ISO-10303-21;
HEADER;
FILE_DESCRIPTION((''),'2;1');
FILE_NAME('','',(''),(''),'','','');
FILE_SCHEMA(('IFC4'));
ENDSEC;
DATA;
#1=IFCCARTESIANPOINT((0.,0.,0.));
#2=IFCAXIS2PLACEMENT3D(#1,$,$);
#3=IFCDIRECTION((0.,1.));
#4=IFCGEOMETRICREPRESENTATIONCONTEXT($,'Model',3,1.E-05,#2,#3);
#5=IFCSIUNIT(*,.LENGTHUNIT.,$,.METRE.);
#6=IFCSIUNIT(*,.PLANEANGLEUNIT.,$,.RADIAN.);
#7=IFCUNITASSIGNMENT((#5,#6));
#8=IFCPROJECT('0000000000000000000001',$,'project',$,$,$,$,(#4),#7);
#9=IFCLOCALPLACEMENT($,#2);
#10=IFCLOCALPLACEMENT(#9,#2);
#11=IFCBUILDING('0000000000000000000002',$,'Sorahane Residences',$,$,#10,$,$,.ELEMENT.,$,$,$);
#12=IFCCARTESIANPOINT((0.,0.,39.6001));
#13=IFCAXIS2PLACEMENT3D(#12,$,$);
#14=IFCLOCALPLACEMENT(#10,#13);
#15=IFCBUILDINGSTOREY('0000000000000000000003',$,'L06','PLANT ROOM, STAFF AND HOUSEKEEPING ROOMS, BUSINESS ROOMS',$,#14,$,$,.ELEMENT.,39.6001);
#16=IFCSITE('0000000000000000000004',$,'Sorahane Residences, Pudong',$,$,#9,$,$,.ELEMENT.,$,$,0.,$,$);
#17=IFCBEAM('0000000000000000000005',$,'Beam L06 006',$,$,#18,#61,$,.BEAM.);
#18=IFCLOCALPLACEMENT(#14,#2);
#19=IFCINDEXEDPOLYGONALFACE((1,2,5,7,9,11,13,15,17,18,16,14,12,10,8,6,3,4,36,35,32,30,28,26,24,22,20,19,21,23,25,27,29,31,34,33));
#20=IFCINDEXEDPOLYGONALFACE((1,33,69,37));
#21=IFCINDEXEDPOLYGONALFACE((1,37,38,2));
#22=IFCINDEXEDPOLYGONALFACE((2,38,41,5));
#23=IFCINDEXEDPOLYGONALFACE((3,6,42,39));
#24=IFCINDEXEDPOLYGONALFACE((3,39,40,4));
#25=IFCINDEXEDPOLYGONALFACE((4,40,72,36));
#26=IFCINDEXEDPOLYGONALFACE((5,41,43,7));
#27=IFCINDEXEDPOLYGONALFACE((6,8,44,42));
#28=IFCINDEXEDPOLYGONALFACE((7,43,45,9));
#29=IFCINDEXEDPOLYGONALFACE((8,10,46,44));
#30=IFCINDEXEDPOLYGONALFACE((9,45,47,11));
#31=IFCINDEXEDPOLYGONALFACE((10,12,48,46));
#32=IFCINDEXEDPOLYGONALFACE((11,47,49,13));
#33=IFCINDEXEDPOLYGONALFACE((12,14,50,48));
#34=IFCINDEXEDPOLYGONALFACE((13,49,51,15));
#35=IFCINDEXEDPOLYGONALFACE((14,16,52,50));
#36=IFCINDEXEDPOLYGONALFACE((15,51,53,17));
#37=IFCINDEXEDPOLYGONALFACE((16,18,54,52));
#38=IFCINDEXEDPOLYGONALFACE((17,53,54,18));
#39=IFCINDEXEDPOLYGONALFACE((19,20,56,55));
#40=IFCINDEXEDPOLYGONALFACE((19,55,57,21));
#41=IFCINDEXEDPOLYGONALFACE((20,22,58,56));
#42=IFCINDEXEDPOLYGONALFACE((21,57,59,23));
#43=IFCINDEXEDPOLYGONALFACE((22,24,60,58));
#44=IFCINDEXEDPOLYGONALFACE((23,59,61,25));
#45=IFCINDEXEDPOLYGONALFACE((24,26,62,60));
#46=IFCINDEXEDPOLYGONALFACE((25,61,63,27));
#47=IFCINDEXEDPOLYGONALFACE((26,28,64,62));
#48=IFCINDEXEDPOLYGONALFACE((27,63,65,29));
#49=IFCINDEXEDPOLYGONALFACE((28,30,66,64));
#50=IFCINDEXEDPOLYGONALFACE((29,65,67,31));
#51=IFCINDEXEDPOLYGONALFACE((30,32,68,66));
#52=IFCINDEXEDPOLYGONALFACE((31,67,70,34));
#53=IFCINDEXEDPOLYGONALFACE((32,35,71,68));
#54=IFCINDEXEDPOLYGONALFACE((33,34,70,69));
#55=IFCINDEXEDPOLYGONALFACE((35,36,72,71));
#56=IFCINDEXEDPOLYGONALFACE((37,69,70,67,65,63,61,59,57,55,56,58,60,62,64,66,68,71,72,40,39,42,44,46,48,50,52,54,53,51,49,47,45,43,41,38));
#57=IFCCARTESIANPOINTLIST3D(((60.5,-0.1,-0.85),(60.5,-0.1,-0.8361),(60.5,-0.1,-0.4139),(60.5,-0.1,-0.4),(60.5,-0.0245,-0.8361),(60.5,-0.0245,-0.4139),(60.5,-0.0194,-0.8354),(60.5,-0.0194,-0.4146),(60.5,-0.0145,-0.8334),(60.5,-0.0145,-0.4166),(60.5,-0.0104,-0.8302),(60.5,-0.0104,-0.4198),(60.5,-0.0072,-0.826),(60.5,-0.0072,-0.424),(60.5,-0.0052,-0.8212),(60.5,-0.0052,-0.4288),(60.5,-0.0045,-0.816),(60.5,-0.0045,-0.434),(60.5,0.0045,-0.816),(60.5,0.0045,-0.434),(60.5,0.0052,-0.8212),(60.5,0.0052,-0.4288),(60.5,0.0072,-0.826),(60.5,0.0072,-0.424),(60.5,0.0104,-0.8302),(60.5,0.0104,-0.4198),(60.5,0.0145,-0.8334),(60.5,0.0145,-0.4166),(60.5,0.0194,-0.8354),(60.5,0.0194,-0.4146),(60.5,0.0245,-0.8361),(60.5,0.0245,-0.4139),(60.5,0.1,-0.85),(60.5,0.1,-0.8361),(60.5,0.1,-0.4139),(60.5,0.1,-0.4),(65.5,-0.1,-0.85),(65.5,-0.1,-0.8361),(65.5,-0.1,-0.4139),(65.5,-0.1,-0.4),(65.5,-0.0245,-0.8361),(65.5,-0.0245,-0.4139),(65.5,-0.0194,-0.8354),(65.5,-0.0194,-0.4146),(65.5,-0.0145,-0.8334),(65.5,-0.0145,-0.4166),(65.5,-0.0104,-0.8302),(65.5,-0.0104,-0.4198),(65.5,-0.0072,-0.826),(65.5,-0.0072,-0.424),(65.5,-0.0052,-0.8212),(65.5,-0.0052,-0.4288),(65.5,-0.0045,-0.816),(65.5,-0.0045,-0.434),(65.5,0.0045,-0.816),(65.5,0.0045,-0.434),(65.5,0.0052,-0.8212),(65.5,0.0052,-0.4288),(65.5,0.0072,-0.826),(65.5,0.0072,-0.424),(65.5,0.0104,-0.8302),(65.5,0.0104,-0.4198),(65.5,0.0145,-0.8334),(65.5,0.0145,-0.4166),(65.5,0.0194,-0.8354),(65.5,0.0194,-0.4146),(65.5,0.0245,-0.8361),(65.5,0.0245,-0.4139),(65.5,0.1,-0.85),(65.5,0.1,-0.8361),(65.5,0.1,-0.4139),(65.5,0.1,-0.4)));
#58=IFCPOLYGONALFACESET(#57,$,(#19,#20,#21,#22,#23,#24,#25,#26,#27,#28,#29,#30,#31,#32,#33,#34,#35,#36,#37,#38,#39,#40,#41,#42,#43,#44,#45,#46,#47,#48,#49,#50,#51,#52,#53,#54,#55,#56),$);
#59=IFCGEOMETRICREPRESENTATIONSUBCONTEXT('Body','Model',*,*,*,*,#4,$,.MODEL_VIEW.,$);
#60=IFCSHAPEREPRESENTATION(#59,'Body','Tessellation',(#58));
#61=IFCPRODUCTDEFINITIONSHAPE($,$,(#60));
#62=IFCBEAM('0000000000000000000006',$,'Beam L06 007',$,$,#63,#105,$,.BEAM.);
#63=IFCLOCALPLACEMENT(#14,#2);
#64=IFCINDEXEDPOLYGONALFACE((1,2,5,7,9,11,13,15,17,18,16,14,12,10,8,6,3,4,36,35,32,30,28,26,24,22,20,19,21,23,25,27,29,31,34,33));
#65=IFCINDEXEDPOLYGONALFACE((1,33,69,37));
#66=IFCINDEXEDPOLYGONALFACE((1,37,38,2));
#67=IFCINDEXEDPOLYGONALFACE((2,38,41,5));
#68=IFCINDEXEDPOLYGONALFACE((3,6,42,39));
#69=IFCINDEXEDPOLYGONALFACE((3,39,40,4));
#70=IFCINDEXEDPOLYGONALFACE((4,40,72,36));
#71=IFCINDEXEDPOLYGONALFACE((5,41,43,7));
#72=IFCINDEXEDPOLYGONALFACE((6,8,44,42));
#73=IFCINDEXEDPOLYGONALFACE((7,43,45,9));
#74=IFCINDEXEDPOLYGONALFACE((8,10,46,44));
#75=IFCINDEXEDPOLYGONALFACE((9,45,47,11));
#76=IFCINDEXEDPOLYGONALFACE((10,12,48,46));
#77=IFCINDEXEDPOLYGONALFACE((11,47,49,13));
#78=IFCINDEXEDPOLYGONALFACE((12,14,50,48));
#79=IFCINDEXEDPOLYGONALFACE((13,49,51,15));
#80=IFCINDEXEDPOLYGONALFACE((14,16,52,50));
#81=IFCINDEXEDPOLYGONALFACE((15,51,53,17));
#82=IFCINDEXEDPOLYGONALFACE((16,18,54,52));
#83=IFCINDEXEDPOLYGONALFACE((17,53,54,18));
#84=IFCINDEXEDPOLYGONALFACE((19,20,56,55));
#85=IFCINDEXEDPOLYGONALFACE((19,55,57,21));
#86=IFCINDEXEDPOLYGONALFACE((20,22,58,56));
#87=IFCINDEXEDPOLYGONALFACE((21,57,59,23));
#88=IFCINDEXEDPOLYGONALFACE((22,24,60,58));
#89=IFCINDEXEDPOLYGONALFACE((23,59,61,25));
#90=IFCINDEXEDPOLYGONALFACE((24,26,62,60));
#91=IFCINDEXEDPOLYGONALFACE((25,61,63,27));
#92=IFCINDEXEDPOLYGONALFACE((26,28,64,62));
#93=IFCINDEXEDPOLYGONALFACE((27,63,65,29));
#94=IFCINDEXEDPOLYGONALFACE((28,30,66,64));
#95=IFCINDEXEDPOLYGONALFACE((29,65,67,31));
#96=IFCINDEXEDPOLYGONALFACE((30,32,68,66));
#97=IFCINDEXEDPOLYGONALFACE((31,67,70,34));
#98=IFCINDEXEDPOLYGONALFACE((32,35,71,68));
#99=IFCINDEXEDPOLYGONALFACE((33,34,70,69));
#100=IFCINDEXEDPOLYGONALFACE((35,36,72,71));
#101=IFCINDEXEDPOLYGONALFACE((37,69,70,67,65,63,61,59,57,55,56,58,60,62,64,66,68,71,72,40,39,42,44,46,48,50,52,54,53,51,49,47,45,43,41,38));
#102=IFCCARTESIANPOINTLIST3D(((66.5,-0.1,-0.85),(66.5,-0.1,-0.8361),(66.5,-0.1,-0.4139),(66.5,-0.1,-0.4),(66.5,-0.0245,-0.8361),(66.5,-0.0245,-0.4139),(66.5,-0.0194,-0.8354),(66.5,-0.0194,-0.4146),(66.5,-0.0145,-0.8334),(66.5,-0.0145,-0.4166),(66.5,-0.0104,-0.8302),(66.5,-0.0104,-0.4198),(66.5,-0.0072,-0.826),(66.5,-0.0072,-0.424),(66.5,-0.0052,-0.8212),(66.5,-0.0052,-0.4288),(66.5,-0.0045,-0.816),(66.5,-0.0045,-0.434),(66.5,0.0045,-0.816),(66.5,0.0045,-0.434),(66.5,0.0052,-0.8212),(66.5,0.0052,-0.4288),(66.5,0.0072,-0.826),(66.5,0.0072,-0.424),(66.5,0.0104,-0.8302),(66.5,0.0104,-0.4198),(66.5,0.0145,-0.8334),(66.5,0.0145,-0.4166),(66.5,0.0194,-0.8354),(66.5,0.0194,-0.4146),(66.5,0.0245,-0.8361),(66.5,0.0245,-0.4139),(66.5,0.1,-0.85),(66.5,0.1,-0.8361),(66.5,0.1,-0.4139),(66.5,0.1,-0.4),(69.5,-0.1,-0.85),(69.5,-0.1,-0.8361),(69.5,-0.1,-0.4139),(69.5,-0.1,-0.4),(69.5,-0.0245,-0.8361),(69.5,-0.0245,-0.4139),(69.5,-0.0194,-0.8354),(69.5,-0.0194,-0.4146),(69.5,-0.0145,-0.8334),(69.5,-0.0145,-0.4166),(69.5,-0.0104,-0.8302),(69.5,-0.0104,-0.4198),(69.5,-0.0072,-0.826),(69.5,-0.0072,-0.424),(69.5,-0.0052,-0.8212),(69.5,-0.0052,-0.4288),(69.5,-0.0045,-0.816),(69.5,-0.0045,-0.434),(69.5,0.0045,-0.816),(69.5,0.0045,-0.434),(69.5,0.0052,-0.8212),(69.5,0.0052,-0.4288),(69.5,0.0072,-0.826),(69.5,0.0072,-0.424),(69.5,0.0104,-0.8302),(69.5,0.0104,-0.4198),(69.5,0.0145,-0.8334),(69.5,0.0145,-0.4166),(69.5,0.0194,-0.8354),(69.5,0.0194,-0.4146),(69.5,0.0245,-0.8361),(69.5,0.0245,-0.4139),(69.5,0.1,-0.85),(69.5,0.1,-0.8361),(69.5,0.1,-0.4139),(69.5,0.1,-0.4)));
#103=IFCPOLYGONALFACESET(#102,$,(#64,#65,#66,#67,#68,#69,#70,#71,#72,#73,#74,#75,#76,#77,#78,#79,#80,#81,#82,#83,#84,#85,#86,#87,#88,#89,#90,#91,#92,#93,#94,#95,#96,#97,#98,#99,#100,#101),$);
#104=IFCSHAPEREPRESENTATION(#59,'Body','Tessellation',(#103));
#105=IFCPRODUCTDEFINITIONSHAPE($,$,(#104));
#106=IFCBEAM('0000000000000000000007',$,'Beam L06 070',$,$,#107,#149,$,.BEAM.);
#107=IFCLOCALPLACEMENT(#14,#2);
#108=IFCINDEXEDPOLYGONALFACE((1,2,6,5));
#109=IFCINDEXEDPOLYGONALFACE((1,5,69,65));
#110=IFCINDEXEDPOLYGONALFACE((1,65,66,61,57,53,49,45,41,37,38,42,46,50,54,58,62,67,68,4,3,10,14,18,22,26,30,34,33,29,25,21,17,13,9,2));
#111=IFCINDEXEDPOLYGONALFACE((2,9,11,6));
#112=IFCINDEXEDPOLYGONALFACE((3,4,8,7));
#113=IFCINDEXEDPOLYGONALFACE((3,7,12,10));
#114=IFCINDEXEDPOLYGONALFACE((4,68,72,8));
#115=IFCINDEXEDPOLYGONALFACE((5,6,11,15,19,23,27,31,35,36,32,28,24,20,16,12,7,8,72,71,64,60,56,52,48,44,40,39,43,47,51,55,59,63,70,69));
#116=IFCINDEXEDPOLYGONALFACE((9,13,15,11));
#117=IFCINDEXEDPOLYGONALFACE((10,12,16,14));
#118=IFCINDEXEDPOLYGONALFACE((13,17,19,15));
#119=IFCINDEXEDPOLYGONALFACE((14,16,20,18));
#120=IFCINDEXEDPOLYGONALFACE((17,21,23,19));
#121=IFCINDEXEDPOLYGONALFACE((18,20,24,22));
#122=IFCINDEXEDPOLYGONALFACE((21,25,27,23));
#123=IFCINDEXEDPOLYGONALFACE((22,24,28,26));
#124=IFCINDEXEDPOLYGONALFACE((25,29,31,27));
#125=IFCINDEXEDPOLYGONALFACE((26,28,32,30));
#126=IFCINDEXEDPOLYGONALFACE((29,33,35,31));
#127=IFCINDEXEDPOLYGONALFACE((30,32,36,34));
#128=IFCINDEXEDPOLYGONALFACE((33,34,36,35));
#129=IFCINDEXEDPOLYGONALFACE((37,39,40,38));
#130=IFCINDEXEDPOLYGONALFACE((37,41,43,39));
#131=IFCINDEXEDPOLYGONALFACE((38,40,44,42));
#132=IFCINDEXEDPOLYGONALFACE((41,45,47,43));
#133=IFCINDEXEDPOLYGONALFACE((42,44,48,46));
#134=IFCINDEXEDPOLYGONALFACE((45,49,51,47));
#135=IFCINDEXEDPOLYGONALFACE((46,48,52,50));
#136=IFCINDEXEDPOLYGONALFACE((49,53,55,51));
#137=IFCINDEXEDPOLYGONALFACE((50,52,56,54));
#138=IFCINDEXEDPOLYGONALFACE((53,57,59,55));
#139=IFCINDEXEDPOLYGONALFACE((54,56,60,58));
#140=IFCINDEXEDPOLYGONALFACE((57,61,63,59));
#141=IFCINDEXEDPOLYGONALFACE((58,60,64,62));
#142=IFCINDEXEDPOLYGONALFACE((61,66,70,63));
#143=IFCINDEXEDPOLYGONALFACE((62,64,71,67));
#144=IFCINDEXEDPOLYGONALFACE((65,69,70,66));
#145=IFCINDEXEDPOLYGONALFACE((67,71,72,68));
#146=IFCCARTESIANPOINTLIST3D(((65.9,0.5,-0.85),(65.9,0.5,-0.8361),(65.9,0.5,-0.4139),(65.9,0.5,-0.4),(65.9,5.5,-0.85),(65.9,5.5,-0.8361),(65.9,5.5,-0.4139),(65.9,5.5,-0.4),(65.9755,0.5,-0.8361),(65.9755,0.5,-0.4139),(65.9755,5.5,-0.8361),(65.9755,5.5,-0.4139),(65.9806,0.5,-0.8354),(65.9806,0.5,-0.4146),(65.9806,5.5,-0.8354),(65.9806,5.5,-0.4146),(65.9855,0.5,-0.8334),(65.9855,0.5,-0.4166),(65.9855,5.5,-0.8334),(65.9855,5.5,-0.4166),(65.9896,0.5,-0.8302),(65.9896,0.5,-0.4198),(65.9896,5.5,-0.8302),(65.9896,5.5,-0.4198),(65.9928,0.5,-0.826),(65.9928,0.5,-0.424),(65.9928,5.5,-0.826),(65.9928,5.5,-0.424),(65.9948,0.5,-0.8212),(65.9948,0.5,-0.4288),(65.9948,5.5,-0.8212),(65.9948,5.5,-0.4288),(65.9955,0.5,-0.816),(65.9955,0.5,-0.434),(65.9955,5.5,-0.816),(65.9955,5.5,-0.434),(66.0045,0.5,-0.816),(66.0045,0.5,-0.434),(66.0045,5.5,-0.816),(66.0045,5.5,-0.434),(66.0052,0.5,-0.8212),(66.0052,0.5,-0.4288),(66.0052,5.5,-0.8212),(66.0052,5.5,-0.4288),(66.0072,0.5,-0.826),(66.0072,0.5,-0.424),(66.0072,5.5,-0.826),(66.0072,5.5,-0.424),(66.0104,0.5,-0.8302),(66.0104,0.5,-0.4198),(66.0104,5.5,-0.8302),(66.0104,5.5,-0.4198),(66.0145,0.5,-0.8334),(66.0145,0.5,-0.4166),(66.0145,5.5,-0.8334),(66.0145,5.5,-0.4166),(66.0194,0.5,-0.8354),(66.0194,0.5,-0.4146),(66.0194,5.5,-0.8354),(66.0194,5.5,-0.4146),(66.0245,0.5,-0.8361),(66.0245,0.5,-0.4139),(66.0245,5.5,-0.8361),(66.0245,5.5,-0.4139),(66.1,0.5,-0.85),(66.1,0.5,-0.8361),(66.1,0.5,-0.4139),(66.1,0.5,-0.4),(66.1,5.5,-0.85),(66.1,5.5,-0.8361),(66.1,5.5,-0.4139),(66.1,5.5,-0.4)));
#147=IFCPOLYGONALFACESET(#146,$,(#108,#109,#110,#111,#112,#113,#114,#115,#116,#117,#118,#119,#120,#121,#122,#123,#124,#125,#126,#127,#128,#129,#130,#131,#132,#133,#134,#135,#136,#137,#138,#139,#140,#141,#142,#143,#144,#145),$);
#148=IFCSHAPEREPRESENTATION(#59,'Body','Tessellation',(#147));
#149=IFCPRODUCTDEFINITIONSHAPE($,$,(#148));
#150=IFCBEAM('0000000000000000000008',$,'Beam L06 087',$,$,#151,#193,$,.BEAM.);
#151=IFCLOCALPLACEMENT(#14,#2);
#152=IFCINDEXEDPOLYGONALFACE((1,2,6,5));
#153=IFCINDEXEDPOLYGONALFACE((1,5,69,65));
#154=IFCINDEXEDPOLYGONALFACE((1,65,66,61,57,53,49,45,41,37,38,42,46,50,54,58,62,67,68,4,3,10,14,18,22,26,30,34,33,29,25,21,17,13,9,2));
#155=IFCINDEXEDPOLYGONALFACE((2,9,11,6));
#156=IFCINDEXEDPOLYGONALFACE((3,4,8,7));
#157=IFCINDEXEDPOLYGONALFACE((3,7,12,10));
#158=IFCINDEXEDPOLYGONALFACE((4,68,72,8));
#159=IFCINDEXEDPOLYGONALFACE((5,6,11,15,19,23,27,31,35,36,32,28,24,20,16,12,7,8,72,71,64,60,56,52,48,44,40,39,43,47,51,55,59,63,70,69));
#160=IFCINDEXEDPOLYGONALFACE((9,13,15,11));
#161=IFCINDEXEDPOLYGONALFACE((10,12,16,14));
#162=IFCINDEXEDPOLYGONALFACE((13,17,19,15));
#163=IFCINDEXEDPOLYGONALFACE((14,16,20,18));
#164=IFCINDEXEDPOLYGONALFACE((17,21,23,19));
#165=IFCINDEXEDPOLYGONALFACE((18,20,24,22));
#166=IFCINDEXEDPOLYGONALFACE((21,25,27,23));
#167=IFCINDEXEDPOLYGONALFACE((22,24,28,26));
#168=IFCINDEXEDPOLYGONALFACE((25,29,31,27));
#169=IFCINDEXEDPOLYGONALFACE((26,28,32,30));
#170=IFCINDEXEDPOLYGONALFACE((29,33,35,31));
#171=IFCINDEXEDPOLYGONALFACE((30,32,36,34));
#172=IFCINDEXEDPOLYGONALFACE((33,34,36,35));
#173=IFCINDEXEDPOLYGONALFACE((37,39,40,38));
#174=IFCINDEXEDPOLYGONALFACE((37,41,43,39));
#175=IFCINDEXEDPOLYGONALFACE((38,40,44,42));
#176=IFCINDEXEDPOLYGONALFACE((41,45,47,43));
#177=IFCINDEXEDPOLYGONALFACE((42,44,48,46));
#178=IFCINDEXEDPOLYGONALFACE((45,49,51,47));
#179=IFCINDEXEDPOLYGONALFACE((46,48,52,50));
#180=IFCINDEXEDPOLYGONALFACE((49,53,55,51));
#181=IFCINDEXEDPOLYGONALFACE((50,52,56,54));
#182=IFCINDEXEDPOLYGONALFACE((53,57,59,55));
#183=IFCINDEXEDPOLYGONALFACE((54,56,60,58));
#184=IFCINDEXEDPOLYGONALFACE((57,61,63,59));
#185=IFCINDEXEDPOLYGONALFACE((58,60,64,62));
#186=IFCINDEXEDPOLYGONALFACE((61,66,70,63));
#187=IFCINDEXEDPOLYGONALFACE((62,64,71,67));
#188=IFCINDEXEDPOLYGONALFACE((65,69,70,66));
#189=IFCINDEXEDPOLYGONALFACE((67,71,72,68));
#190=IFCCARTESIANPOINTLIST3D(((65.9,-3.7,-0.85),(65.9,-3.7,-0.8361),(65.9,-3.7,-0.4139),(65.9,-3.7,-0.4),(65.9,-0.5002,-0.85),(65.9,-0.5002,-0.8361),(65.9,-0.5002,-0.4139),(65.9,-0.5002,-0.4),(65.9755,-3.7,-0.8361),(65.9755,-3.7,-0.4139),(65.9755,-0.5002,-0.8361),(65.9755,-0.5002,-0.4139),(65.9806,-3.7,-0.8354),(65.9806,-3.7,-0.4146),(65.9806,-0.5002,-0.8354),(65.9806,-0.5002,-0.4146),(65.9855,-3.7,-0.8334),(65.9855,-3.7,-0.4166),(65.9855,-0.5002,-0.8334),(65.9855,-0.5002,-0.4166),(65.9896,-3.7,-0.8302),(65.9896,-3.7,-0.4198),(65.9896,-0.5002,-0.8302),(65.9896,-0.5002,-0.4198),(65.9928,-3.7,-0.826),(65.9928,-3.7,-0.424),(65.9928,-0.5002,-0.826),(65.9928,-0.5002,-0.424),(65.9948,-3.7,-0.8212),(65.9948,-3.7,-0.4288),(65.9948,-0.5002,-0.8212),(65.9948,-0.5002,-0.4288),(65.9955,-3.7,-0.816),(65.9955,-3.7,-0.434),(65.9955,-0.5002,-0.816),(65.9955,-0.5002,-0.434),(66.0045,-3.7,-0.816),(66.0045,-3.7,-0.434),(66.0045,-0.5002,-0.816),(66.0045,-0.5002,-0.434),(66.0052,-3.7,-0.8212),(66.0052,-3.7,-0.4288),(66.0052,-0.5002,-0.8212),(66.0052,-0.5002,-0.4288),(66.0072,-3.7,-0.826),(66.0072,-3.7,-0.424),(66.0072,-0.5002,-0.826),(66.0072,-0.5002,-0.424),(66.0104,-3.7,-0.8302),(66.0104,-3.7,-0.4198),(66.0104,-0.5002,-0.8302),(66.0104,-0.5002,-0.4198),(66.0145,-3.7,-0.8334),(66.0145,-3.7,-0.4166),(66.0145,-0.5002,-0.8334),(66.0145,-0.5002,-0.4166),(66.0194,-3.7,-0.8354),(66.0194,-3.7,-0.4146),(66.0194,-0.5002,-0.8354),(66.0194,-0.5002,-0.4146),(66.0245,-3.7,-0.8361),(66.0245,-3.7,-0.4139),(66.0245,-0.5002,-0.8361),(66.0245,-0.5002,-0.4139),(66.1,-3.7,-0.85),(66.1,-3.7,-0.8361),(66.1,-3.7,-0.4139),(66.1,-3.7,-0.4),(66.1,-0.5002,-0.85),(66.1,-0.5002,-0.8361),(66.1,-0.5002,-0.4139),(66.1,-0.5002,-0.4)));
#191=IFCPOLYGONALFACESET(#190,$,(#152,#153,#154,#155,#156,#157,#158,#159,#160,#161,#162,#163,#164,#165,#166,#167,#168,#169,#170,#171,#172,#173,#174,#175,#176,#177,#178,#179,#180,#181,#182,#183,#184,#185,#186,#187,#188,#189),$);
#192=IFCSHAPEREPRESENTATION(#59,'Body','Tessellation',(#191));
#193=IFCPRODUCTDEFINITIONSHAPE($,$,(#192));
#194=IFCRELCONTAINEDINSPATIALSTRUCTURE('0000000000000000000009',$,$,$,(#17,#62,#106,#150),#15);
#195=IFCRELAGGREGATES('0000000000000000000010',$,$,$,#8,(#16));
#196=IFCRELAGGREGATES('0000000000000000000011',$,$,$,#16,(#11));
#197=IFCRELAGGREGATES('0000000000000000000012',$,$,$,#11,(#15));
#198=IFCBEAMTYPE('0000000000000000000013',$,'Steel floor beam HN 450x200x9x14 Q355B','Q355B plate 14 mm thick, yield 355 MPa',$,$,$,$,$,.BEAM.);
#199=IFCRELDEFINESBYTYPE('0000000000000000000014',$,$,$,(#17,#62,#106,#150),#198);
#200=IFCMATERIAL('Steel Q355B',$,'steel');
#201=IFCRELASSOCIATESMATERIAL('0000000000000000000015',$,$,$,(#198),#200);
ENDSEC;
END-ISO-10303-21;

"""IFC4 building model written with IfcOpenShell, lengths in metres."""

from ifc_helpers import new_model, si_unit, direction, frame, origin, origin_2d, place, context, subcontext, project, spatial, i_section, extrude, material, material_profile, profile_set, type_object, element, save


model = new_model("IFC4")

# Units and contexts
model_context = context("Model", 3, precision=1e-05, world=origin(), true_north=direction((0.0, 1.0)))
body_context = subcontext(model_context, "Body", "Model", "MODEL_VIEW")
ifc_project = project(units=[si_unit("LENGTHUNIT", "METRE"), si_unit("PLANEANGLEUNIT", "RADIAN")], contexts=[model_context])

# Site, building, storey
site_placement = place(None, origin())
site = spatial("IfcSite", under=ifc_project, at=site_placement, Name="Sorahane Residences, Pudong", CompositionType="ELEMENT", RefElevation=0.0)
building_placement = place(site_placement, origin())
building = spatial("IfcBuilding", under=site, at=building_placement, Name="Sorahane Residences", CompositionType="ELEMENT")
storey_placement = place(building_placement, frame((0.0, 0.0, 39.6001)))
storey = spatial("IfcBuildingStorey", under=building, at=storey_placement, Name="L06", Description="PLANT ROOM, STAFF AND HOUSEKEEPING ROOMS, BUSINESS ROOMS", CompositionType="ELEMENT", Elevation=39.6001)

# Beams
ifc_material_1 = material(Name="Steel Q355B", Category="steel")
ifc_material_profile_1 = material_profile(ifc_material_1, i_section(OverallWidth=0.2, OverallDepth=0.45, WebThickness=0.009, FlangeThickness=0.0139, FilletRadius=0.02, at=origin_2d()), Name="HN 450x200x9x14")
ifc_profile_set_1 = profile_set([ifc_material_profile_1], Name="Steel Q355B")
beam_type_1 = type_object("IfcBeamType", Name="Steel floor beam HN 450x200x9x14 Q355B", Description="Q355B plate 14 mm thick, yield 355 MPa", PredefinedType="BEAM", material=ifc_profile_set_1)
beam_1_placement = place(storey_placement, frame((60.5, 0.0, -0.625), z_axis=(1.0, 0.0, 0.0), x_axis=(0.0, 1.0, 0.0)))
element("IfcBeam", 1, at=beam_1_placement, inside=storey, type_object=beam_type_1, Name="Beam L06 006", PredefinedType="BEAM", context=body_context, shape_type="SweptSolid", body=[
    extrude(i_section(OverallWidth=0.2, OverallDepth=0.45, WebThickness=0.009, FlangeThickness=0.0139, FilletRadius=0.02, at=origin_2d()), origin(), (0.0, 0.0, 1.0), 5.0),
])
beam_2_placement = place(storey_placement, frame((66.5, 0.0, -0.625), z_axis=(1.0, 0.0, 0.0), x_axis=(0.0, 1.0, 0.0)))
element("IfcBeam", 2, at=beam_2_placement, inside=storey, type_object=beam_type_1, Name="Beam L06 007", PredefinedType="BEAM", context=body_context, shape_type="SweptSolid", body=[
    extrude(i_section(OverallWidth=0.2, OverallDepth=0.45, WebThickness=0.009, FlangeThickness=0.0139, FilletRadius=0.02, at=origin_2d()), origin(), (0.0, 0.0, 1.0), 3.0),
])
beam_3_placement = place(storey_placement, frame((66.0, 0.5, -0.625), z_axis=(0.0, 1.0, 0.0), x_axis=(-1.0, 0.0, 0.0)))
element("IfcBeam", 3, at=beam_3_placement, inside=storey, type_object=beam_type_1, Name="Beam L06 070", PredefinedType="BEAM", context=body_context, shape_type="SweptSolid", body=[
    extrude(i_section(OverallWidth=0.2, OverallDepth=0.45, WebThickness=0.009, FlangeThickness=0.0139, FilletRadius=0.02, at=origin_2d()), origin(), (0.0, 0.0, 1.0), 5.0),
])
beam_4_placement = place(storey_placement, frame((66.0, -3.7, -0.625), z_axis=(0.0, 1.0, 0.0), x_axis=(-1.0, 0.0, 0.0)))
element("IfcBeam", 4, at=beam_4_placement, inside=storey, type_object=beam_type_1, Name="Beam L06 087", PredefinedType="BEAM", context=body_context, shape_type="SweptSolid", body=[
    extrude(i_section(OverallWidth=0.2, OverallDepth=0.45, WebThickness=0.009, FlangeThickness=0.0139, FilletRadius=0.02, at=origin_2d()), origin(), (0.0, 0.0, 1.0), 3.1997),
])

save(model, "model.ifc")
